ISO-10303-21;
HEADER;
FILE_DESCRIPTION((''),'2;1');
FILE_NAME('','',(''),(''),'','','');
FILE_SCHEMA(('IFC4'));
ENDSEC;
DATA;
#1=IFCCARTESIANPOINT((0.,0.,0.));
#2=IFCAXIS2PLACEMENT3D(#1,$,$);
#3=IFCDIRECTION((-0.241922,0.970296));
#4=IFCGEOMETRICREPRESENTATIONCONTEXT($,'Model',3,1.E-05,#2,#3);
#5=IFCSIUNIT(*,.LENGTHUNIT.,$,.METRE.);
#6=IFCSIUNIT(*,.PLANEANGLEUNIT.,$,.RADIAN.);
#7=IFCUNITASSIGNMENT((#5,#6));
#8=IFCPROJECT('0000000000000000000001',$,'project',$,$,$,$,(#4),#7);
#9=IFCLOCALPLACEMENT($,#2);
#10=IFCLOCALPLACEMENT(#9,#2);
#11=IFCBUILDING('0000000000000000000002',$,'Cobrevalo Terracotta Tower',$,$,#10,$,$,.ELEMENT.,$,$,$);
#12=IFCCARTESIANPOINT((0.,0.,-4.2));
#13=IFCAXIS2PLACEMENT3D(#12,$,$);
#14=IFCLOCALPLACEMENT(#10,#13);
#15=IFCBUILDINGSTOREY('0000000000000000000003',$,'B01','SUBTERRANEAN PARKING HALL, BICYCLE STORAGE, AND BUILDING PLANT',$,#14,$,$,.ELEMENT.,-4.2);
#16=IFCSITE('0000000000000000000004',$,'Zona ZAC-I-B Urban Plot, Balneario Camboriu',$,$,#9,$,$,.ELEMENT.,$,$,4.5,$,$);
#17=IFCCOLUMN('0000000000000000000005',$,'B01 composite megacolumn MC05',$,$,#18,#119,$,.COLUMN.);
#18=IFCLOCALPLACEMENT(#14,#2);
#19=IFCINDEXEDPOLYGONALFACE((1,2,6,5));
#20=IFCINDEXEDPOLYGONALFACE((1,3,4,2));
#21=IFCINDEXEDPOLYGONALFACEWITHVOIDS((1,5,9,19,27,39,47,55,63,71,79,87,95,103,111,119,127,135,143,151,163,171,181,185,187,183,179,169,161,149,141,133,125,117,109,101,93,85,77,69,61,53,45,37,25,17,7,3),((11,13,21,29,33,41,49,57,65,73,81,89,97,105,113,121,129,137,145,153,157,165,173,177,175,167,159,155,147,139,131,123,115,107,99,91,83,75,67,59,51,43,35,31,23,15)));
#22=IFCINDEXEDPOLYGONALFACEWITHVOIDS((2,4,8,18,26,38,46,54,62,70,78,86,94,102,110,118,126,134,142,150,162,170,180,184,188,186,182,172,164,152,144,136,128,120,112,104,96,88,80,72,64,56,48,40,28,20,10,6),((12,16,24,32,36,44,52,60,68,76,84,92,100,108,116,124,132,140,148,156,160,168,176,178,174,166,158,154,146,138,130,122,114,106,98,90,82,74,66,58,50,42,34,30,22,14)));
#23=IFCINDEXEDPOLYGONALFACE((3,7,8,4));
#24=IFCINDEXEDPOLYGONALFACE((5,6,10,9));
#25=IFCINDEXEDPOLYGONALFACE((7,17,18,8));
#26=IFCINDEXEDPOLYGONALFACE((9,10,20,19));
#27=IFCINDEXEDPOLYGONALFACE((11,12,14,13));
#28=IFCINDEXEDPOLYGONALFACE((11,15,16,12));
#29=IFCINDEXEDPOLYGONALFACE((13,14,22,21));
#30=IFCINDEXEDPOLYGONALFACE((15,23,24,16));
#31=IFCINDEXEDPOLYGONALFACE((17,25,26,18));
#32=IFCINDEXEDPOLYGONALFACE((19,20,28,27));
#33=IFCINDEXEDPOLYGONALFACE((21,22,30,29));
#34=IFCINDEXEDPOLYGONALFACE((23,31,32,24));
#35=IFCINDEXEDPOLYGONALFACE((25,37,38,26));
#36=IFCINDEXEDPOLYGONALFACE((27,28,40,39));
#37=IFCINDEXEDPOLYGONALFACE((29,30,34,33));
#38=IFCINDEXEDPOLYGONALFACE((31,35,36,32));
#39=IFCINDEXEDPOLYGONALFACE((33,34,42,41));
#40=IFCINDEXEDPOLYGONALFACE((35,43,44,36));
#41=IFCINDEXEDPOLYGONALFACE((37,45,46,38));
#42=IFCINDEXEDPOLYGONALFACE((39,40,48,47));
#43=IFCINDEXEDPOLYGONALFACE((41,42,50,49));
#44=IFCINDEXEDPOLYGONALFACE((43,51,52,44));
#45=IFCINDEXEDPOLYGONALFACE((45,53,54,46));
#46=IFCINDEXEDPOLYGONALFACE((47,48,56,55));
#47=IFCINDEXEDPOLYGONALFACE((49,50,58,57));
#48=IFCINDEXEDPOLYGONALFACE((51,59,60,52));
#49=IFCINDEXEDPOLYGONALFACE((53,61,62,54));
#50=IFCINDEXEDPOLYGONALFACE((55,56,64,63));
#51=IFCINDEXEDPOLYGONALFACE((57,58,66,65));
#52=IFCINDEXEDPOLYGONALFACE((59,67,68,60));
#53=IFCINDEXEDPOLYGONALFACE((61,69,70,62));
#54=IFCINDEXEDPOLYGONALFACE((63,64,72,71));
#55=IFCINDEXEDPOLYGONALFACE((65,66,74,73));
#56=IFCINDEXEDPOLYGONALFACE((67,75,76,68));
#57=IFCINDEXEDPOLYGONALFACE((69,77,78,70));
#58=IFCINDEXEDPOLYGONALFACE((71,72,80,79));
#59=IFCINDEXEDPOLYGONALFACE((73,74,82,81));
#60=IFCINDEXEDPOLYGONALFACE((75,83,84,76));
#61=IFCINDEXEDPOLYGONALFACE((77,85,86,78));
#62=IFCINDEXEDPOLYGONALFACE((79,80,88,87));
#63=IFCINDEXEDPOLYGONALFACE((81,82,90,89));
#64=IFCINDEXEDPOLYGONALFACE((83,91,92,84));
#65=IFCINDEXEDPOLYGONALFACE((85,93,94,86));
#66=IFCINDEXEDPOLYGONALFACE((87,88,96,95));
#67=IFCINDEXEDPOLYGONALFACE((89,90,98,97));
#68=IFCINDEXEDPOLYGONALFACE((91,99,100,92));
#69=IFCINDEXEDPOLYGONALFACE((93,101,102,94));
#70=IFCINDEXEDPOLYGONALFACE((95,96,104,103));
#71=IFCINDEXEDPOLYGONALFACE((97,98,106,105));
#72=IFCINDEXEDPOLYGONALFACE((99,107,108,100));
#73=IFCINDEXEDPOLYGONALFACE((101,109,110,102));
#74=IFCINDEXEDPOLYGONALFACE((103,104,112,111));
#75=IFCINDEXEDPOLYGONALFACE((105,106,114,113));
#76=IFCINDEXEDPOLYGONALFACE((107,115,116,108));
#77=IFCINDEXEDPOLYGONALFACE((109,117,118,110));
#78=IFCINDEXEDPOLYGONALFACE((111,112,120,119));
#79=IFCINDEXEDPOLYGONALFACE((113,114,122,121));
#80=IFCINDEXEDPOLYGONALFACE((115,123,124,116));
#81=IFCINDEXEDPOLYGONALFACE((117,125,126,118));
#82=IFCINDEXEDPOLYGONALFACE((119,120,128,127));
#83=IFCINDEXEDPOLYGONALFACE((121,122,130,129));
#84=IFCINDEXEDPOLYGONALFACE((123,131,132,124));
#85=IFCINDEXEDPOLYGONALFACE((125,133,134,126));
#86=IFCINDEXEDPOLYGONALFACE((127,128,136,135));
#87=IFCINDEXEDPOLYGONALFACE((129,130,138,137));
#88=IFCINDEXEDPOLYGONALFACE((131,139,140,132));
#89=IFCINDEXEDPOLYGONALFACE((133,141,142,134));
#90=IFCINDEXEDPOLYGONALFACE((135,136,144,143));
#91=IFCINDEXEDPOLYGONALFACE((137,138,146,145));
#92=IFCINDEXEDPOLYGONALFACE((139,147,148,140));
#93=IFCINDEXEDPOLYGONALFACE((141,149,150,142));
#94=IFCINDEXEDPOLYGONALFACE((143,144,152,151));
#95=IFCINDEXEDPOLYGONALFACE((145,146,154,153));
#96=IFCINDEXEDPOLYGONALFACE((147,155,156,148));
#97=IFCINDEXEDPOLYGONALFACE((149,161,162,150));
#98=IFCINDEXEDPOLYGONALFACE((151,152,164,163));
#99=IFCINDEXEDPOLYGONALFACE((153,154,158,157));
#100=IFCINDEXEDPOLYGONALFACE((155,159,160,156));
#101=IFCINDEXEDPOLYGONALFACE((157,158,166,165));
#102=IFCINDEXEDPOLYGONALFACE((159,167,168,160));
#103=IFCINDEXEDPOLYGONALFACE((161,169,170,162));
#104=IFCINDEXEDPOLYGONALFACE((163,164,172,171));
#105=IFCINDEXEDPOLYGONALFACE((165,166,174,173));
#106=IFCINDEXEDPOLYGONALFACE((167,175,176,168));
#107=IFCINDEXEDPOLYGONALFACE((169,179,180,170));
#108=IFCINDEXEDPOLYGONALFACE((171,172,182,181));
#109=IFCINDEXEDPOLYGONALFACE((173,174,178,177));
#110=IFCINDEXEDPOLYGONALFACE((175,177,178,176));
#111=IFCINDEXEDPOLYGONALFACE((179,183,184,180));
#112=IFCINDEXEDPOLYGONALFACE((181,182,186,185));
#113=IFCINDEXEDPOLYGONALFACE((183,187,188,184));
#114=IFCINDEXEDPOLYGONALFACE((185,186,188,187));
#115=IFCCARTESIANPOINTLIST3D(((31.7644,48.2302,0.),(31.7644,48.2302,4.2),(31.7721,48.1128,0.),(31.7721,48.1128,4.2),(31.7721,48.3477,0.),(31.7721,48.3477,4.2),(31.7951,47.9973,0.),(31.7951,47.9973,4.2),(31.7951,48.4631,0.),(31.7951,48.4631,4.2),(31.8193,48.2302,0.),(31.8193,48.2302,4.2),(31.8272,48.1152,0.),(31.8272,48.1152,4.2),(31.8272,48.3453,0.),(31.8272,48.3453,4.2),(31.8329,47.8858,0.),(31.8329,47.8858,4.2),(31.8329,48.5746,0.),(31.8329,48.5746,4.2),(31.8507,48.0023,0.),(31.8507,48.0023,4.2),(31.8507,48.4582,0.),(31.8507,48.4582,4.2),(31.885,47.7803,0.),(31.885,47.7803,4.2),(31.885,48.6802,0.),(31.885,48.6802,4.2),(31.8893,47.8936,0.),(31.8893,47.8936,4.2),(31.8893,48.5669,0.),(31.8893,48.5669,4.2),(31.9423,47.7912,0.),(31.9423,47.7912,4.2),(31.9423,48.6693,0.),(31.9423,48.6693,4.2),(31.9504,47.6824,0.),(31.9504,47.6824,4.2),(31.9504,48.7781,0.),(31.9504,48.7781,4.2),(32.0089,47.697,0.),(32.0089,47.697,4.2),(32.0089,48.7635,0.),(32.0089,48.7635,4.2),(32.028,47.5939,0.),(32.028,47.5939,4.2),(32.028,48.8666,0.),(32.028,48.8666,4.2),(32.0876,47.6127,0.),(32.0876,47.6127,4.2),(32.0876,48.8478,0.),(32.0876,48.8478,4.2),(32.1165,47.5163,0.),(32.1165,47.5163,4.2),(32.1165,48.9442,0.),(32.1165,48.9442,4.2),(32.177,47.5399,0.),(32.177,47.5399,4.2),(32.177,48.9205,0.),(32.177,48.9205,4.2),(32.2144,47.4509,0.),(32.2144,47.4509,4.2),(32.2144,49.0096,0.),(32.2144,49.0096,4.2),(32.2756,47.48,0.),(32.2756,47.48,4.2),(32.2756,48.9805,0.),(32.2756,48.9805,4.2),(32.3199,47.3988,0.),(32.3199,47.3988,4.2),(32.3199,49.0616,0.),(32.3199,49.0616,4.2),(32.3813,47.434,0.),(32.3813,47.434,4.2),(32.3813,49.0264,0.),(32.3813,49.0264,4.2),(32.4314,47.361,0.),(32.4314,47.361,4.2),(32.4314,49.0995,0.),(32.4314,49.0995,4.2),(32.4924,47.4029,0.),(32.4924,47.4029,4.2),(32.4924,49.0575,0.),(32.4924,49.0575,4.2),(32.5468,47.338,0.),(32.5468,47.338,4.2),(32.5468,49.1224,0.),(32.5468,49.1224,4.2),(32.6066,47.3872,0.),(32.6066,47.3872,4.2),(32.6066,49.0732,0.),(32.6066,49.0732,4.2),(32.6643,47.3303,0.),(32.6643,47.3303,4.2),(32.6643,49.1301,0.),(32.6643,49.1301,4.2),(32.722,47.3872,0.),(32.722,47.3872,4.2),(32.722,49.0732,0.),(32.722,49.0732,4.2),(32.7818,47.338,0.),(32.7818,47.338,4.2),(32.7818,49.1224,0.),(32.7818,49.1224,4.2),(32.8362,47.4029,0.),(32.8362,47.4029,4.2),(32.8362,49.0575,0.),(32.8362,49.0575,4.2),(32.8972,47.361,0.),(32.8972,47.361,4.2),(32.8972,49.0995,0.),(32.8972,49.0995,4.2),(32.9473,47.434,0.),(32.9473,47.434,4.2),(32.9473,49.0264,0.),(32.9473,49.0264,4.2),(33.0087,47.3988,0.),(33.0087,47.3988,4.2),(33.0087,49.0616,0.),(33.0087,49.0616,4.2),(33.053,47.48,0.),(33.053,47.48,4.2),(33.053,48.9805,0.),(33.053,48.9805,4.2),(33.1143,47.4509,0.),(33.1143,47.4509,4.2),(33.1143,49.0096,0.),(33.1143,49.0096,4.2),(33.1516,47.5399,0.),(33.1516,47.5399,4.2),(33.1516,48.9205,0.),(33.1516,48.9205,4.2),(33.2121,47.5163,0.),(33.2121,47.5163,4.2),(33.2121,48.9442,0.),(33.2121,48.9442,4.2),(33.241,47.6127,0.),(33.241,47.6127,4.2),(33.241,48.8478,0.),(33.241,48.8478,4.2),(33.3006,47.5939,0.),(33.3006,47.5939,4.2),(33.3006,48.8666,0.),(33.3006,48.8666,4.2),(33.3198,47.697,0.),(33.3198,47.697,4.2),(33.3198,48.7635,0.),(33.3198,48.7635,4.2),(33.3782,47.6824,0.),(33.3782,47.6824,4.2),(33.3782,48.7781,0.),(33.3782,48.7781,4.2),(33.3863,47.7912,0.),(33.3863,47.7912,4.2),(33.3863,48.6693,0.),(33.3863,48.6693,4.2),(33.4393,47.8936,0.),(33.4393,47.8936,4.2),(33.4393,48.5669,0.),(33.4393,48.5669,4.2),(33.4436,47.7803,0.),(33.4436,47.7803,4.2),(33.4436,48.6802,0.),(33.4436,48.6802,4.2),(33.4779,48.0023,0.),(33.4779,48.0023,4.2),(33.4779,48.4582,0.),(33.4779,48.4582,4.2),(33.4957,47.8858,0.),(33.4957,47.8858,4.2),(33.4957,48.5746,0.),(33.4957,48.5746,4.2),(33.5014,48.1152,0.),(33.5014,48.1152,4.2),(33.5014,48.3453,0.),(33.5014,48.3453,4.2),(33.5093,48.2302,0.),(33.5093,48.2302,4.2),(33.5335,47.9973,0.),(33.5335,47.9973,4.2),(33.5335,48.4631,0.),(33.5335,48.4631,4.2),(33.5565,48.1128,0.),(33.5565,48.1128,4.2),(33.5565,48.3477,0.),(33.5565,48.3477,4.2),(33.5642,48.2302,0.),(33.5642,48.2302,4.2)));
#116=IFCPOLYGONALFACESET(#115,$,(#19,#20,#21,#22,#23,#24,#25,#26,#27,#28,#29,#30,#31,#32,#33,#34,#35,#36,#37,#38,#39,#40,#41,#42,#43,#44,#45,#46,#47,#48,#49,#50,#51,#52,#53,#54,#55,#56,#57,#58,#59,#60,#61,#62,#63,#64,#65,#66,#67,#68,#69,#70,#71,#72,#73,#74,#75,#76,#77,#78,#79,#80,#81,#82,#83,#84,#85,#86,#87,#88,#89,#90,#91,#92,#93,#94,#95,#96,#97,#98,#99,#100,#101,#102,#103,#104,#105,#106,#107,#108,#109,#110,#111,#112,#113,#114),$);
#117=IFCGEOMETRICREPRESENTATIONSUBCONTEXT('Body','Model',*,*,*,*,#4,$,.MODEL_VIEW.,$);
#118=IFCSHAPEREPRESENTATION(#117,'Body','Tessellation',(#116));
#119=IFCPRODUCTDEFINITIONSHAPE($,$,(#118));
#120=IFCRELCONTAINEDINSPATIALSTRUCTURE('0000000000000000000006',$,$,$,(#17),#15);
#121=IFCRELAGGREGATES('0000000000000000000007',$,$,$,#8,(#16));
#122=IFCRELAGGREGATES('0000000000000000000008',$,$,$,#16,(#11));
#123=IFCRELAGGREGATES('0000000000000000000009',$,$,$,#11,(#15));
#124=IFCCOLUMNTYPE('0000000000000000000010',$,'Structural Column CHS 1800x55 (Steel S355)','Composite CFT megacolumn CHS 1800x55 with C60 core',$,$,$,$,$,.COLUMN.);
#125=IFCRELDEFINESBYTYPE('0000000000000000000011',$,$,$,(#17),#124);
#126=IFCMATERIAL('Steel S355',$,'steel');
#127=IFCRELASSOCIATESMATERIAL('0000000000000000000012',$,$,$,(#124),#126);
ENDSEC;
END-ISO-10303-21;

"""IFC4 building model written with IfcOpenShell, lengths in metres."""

from ifc_helpers import new_model, si_unit, direction, frame, origin, origin_2d, place, context, subcontext, project, spatial, hollow_circle, extrude, material, material_profile, profile_set, type_object, element, save


model = new_model("IFC4")

# Units and contexts
model_context = context("Model", 3, precision=1e-05, world=origin(), true_north=direction((-0.241922, 0.970296)))
body_context = subcontext(model_context, "Body", "Model", "MODEL_VIEW")
ifc_project = project(units=[si_unit("LENGTHUNIT", "METRE"), si_unit("PLANEANGLEUNIT", "RADIAN")], contexts=[model_context])

# Site, building, storey
site_placement = place(None, origin())
site = spatial("IfcSite", under=ifc_project, at=site_placement, Name="Zona ZAC-I-B Urban Plot, Balneario Camboriu", CompositionType="ELEMENT", RefElevation=4.5)
building_placement = place(site_placement, origin())
building = spatial("IfcBuilding", under=site, at=building_placement, Name="Cobrevalo Terracotta Tower", CompositionType="ELEMENT")
storey_placement = place(building_placement, frame((0.0, 0.0, -4.2)))
storey = spatial("IfcBuildingStorey", under=building, at=storey_placement, Name="B01", Description="SUBTERRANEAN PARKING HALL, BICYCLE STORAGE, AND BUILDING PLANT", CompositionType="ELEMENT", Elevation=-4.2)

# Column
ifc_material_1 = material(Name="Steel S355", Category="steel")
ifc_material_profile_1 = material_profile(ifc_material_1, hollow_circle(Radius=0.8999, WallThickness=0.0549, at=origin_2d()), Name="CHS 1800x55")
ifc_profile_set_1 = profile_set([ifc_material_profile_1], Name="Steel S355")
column_type_1 = type_object("IfcColumnType", Name="Structural Column CHS 1800x55 (Steel S355)", Description="Composite CFT megacolumn CHS 1800x55 with C60 core", PredefinedType="COLUMN", material=ifc_profile_set_1)
for number, where, z_axis, x_axis, name in (
    (1, (32.6643, 48.2302, 0.0), (0.0, 0.0, 1.0), (1.0, 0.0, 0.0), "B01 composite megacolumn MC05"),
):
    element("IfcColumn", number, at=place(storey_placement, frame(where, z_axis=z_axis, x_axis=x_axis)), inside=storey, type_object=column_type_1, Name=name, PredefinedType="COLUMN", context=body_context, shape_type="SweptSolid", body=[
        extrude(hollow_circle(Radius=0.8999, WallThickness=0.0549, at=origin_2d()), origin(), (0.0, 0.0, 1.0), 4.2),
    ])

save(model, "model.ifc")
